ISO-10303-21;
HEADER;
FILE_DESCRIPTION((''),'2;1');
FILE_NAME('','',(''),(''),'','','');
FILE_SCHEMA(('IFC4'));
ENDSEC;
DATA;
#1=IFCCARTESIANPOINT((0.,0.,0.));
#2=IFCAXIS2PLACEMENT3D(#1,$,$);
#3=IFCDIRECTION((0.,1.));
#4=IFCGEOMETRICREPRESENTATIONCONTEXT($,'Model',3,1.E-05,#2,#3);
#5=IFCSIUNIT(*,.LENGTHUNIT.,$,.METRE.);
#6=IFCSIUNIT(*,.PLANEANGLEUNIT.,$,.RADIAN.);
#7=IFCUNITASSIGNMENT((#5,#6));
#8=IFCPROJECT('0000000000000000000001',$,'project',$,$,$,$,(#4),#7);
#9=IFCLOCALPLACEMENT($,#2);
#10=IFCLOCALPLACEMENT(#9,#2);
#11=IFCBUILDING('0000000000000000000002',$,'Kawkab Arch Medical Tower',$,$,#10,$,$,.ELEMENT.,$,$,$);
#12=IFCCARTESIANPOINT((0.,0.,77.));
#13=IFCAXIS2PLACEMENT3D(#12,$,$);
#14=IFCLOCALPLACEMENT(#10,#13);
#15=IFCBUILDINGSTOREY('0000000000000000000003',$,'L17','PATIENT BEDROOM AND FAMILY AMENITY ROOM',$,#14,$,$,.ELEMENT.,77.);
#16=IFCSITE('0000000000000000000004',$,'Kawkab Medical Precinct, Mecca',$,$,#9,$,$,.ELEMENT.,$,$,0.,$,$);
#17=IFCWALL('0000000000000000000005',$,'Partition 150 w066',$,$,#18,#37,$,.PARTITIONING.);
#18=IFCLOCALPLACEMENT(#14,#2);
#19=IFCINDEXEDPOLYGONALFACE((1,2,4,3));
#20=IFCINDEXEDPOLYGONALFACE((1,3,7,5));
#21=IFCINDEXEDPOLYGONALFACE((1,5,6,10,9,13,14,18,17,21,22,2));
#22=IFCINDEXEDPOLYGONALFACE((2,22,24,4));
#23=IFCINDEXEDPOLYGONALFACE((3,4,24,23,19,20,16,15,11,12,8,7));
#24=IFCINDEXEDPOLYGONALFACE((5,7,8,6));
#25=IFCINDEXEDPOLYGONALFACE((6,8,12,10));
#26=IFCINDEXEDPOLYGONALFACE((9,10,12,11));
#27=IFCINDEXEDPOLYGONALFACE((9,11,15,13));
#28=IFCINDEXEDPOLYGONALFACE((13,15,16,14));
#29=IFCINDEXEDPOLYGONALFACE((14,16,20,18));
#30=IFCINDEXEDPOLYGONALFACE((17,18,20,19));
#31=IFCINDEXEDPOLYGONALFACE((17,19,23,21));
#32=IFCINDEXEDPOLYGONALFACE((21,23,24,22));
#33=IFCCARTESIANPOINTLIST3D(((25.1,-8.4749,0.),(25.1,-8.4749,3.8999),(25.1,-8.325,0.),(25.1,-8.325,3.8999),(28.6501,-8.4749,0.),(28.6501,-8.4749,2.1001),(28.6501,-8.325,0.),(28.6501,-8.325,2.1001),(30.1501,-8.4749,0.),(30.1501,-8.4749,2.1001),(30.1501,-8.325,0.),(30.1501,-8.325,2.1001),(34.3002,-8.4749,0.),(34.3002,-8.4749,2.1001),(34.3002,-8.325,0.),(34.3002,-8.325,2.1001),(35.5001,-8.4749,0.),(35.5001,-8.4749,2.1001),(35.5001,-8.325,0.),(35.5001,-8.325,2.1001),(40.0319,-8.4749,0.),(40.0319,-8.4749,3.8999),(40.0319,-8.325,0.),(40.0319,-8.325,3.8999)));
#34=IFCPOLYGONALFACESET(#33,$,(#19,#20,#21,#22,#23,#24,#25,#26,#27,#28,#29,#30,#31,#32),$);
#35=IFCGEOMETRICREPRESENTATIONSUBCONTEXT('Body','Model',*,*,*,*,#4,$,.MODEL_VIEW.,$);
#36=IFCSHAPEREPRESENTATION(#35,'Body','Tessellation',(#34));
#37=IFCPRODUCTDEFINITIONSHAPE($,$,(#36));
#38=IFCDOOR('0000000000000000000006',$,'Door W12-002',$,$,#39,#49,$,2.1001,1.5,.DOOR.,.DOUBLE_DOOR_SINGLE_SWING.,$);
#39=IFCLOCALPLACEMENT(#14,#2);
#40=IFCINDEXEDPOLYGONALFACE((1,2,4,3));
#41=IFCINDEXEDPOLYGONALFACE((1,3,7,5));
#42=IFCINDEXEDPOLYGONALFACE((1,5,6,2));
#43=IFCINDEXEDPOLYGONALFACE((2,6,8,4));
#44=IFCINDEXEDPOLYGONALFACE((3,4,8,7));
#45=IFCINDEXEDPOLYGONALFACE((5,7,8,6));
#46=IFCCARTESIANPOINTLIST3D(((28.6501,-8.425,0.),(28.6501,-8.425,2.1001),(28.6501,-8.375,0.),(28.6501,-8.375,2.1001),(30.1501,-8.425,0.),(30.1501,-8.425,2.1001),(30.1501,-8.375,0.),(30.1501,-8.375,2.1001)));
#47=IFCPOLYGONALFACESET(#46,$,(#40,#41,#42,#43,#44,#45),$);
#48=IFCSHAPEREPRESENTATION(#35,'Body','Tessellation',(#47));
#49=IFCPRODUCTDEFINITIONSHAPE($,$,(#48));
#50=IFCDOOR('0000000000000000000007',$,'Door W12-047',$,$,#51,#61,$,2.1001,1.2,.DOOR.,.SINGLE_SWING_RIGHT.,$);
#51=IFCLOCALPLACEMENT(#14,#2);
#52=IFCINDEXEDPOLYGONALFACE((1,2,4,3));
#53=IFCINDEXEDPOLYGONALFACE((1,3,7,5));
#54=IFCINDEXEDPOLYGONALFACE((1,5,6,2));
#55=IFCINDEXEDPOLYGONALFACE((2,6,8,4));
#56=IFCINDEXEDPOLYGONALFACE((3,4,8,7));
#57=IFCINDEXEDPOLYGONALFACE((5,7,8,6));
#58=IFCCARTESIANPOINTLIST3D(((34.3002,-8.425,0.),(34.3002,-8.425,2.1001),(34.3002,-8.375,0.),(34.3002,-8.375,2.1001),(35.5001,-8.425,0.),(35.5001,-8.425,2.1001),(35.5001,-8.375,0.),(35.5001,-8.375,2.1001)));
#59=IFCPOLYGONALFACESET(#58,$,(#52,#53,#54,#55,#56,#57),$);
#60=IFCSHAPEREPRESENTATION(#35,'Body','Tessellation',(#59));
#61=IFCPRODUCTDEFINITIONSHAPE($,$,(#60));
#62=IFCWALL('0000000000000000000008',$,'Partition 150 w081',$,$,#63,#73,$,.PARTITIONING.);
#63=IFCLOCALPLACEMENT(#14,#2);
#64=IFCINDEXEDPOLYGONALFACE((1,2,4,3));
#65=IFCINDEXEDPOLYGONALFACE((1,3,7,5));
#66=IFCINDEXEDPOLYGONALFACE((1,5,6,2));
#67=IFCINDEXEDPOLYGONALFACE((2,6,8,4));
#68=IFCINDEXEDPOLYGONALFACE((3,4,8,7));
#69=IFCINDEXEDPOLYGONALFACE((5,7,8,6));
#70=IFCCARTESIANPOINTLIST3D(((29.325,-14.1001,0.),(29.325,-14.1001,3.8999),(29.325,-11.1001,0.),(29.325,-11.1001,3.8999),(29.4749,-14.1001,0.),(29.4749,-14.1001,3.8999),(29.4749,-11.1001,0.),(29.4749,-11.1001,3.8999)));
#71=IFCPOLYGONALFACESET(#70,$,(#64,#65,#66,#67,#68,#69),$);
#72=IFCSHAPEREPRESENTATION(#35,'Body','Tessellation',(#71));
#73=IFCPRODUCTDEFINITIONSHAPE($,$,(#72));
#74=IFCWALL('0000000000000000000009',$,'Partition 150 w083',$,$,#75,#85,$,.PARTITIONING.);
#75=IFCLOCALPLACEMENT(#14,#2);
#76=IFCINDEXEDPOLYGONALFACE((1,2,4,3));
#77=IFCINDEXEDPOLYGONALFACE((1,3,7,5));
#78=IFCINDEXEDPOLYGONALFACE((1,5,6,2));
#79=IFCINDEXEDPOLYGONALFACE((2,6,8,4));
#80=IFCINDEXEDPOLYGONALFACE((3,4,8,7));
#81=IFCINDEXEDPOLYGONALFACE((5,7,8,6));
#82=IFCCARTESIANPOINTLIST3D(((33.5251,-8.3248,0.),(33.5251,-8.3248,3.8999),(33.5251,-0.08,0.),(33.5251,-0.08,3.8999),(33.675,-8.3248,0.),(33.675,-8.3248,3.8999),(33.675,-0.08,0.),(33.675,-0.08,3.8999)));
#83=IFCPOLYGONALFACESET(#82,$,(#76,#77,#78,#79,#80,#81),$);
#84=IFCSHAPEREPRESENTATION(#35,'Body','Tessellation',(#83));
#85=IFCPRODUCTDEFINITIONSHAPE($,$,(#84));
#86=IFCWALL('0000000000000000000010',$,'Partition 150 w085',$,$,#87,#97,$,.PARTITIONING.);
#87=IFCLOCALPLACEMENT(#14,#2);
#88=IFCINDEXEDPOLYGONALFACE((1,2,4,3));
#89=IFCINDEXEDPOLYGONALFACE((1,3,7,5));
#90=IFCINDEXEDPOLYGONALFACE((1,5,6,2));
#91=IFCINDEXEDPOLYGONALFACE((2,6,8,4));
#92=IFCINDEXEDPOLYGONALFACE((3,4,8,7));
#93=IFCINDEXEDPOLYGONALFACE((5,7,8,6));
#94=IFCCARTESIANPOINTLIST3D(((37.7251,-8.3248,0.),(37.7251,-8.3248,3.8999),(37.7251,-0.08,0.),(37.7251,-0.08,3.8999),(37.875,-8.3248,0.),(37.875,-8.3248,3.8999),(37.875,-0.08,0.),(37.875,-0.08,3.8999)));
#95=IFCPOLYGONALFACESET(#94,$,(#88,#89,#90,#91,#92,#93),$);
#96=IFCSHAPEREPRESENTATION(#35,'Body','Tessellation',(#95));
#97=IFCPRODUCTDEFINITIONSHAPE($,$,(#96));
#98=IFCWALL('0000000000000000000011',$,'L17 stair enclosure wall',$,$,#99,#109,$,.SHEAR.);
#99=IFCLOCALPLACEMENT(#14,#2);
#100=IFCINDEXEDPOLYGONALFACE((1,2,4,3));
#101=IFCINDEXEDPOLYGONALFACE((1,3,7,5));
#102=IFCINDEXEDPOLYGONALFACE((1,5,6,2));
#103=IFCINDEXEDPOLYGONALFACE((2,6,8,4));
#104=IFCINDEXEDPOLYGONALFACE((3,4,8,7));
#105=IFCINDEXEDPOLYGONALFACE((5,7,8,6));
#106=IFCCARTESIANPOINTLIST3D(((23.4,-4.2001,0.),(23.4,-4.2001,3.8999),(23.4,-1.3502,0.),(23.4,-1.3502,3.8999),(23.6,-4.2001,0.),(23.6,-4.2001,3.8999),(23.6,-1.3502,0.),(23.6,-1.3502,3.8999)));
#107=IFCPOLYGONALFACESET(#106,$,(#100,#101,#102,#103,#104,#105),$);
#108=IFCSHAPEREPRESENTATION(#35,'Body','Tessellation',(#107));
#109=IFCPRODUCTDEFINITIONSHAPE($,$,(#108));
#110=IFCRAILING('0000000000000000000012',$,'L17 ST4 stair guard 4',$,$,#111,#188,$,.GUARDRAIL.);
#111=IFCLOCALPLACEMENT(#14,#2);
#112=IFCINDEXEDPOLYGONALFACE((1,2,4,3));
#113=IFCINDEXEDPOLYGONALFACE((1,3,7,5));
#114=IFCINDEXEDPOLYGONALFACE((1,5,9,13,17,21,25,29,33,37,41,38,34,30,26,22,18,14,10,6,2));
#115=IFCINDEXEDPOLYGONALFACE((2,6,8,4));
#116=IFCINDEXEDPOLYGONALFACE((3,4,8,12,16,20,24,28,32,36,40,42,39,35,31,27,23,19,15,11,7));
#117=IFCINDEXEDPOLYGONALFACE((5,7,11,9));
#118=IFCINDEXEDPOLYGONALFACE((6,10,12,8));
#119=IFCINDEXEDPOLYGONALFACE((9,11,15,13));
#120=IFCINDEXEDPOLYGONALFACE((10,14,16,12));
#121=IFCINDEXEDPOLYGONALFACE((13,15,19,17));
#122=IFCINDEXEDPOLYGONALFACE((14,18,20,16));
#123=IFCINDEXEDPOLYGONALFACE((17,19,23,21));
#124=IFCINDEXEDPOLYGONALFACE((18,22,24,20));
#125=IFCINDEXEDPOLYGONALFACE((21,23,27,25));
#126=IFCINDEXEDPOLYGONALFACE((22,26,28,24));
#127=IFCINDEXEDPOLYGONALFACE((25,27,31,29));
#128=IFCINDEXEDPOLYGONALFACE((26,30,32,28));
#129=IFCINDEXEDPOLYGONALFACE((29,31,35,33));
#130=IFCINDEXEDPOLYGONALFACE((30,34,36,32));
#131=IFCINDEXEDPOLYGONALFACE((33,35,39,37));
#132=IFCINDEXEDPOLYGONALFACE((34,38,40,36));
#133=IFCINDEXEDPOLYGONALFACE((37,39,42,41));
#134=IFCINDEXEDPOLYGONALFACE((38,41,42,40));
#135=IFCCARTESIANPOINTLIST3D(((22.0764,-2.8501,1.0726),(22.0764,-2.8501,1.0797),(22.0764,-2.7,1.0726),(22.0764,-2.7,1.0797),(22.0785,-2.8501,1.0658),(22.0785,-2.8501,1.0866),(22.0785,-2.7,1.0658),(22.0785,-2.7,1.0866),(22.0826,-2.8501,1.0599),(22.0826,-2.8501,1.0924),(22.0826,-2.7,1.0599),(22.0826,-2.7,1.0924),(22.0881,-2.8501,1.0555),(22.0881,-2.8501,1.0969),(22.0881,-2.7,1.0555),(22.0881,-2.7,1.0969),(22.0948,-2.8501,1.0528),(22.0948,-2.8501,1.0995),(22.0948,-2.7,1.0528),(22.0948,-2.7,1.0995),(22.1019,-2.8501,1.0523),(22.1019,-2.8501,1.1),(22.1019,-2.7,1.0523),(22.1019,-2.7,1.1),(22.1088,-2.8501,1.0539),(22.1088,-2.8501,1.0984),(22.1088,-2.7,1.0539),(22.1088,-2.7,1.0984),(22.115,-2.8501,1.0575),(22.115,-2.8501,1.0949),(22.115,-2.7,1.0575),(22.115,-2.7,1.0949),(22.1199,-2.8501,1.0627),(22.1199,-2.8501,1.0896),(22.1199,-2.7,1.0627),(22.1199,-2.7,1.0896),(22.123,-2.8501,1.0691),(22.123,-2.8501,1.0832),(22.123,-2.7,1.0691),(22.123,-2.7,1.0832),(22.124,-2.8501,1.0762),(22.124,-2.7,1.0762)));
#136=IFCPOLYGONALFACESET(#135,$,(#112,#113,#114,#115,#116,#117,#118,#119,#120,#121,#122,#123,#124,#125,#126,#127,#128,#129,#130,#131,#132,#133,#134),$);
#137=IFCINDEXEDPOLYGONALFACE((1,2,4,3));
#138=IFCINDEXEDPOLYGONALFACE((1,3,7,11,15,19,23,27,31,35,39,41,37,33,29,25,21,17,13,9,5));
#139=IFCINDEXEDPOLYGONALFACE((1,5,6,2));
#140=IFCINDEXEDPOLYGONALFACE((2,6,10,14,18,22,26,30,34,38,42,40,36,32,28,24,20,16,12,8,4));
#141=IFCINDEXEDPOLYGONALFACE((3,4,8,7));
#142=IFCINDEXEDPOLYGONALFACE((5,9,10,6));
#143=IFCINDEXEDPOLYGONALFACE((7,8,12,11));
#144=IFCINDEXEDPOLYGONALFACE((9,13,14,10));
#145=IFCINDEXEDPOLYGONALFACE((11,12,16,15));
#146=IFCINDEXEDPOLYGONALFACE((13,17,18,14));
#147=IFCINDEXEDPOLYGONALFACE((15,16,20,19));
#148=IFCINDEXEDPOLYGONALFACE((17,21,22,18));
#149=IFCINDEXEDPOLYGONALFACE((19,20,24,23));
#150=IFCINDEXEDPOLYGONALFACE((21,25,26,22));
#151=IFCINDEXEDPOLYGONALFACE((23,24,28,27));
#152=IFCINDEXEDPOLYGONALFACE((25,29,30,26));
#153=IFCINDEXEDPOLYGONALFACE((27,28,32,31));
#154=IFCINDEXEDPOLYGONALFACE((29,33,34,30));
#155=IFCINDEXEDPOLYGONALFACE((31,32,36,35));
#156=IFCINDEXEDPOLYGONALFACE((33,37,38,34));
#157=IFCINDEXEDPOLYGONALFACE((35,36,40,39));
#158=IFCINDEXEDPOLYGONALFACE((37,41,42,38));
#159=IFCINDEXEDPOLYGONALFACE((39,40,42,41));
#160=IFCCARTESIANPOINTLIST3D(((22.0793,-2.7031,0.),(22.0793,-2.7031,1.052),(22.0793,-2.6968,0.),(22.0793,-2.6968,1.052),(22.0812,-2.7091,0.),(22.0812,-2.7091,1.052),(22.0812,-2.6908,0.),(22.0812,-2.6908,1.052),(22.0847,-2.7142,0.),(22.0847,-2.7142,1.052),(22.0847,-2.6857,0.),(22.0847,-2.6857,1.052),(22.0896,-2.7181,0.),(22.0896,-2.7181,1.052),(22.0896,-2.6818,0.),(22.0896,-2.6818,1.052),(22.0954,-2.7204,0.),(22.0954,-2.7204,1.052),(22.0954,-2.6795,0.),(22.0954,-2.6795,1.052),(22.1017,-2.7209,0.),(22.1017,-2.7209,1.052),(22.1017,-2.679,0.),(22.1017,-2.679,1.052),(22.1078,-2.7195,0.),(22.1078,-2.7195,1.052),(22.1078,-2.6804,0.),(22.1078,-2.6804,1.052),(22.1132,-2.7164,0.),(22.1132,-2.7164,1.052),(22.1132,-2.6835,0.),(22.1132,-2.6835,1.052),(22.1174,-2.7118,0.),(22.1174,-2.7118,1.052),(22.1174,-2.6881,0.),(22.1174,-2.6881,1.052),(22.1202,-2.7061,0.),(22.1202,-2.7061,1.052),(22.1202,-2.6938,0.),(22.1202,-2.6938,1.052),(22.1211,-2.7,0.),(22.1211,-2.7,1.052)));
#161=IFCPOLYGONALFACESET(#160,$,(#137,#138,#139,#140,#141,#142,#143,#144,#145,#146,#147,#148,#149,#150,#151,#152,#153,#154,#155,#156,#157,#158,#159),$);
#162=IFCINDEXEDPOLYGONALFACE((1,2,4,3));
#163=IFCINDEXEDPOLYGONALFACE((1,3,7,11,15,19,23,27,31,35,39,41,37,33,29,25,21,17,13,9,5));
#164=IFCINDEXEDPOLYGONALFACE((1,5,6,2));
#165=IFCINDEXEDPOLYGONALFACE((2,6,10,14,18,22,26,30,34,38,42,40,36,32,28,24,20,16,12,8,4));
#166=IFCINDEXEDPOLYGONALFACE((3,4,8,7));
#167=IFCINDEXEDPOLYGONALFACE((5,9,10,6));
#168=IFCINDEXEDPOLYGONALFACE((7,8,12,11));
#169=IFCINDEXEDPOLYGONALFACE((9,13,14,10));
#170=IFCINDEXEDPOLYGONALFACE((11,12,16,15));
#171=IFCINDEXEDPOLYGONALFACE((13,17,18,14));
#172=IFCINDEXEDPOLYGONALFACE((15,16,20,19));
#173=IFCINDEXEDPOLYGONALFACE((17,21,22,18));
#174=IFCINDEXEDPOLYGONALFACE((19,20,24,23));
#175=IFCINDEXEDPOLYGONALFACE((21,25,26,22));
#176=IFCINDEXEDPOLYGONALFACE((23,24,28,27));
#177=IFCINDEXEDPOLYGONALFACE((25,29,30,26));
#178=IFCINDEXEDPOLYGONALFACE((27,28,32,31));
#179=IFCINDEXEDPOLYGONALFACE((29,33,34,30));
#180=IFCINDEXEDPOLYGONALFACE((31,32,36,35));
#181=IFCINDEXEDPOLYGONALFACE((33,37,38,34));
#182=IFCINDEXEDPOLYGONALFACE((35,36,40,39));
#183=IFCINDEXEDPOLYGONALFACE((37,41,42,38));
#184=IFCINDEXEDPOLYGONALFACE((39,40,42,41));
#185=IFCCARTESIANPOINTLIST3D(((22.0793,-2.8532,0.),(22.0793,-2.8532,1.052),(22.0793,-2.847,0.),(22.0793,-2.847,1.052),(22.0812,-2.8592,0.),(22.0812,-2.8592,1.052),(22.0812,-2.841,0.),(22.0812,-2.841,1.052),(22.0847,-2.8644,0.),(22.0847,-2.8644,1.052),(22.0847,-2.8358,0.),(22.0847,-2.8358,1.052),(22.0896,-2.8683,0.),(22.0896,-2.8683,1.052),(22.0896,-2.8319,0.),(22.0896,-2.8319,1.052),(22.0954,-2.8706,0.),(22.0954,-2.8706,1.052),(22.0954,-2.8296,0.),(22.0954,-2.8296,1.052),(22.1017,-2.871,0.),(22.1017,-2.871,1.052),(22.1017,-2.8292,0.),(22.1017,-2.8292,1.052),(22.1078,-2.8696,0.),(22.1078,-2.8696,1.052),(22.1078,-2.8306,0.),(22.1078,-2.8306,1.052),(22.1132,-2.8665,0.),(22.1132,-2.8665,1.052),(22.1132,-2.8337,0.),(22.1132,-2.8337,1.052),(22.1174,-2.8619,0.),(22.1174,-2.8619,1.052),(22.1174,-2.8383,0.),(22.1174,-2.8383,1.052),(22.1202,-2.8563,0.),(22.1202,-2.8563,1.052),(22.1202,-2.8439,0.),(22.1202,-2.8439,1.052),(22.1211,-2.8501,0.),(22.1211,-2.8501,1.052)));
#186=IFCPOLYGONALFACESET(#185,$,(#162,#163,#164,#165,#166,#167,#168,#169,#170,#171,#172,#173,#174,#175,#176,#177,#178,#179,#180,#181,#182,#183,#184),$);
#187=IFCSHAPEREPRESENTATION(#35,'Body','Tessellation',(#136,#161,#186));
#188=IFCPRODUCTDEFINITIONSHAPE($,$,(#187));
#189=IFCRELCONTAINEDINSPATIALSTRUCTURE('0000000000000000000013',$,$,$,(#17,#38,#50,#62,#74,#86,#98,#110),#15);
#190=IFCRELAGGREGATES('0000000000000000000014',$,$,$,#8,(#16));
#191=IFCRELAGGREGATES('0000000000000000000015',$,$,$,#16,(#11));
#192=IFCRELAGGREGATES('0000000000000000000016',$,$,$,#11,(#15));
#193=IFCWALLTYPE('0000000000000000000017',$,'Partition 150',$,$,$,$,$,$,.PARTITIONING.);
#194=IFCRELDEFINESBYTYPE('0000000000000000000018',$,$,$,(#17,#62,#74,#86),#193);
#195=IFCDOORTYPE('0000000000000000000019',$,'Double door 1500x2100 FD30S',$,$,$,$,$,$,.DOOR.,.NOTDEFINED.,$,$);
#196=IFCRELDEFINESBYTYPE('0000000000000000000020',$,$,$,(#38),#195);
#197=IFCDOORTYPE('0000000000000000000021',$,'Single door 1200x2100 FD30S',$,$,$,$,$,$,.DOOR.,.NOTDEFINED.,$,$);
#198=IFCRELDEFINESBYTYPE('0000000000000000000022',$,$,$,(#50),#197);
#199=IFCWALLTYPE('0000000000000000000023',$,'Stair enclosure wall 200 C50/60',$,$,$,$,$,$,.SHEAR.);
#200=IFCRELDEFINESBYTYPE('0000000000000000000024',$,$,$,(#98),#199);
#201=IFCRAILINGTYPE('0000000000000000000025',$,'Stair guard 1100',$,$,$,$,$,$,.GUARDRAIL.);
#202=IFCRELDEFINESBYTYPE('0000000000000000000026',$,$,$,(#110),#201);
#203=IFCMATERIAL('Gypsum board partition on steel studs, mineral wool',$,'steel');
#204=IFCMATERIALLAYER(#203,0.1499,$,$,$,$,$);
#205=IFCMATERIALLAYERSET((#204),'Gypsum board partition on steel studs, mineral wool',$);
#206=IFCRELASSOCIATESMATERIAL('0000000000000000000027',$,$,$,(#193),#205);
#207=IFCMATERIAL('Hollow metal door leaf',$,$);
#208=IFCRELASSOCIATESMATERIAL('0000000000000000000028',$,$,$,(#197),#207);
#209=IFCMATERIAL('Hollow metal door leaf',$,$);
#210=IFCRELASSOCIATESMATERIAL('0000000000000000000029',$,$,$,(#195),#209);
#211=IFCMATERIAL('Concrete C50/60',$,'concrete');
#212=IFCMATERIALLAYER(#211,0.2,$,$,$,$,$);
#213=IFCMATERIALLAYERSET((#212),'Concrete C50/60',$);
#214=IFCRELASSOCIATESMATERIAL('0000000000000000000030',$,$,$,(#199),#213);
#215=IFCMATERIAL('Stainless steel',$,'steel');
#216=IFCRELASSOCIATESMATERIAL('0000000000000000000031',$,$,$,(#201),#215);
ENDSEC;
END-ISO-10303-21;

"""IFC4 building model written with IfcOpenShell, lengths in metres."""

from ifc_helpers import new_model, si_unit, direction, frame, frame_2d, origin, origin_2d, place, context, subcontext, project, spatial, rectangle, circle, extrude, material, layer, layer_set, type_object, element, fill, save


model = new_model("IFC4")

# Units and contexts
model_context = context("Model", 3, precision=1e-05, world=origin(), true_north=direction((0.0, 1.0)))
body_context = subcontext(model_context, "Body", "Model", "MODEL_VIEW")
ifc_project = project(units=[si_unit("LENGTHUNIT", "METRE"), si_unit("PLANEANGLEUNIT", "RADIAN")], contexts=[model_context])

# Site, building, storey
site_placement = place(None, origin())
site = spatial("IfcSite", under=ifc_project, at=site_placement, Name="Kawkab Medical Precinct, Mecca", CompositionType="ELEMENT", RefElevation=0.0)
building_placement = place(site_placement, origin())
building = spatial("IfcBuilding", under=site, at=building_placement, Name="Kawkab Arch Medical Tower", CompositionType="ELEMENT")
storey_placement = place(building_placement, frame((0.0, 0.0, 77.0)))
storey = spatial("IfcBuildingStorey", under=building, at=storey_placement, Name="L17", Description="PATIENT BEDROOM AND FAMILY AMENITY ROOM", CompositionType="ELEMENT", Elevation=77.0)

# Wall, openings, doors
ifc_material_1 = material(Name="Gypsum board partition on steel studs, mineral wool", Category="steel")
ifc_layer_1 = layer(ifc_material_1, 0.1499)
ifc_layer_set_1 = layer_set([ifc_layer_1], Name="Gypsum board partition on steel studs, mineral wool")
wall_type_1 = type_object("IfcWallType", Name="Partition 150", PredefinedType="PARTITIONING", material=ifc_layer_set_1)
ifc_material_2 = material(Name="Hollow metal door leaf")
door_type_1 = type_object("IfcDoorType", Name="Single door 1200x2100 FD30S", OperationType="NOTDEFINED", PredefinedType="DOOR", material=ifc_material_2)
wall_1_placement = place(storey_placement, frame((25.1001, -8.3999, 0.0), z_axis=(0.0, 0.0, 1.0), x_axis=(1.0, 0.0, 0.0)))
wall_1 = element("IfcWall", 1, at=wall_1_placement, inside=storey, type_object=wall_type_1, Name="Partition 150 w066", PredefinedType="PARTITIONING", context=body_context, shape_type="SweptSolid", body=[
    extrude(rectangle(XDim=14.9319, YDim=0.1499, at=frame_2d((7.4658, 0.0))), origin(), (0.0, 0.0, 1.0), 3.8999),
])
opening_1_placement = place(wall_1_placement, frame((3.55, 0.0, 0.0)))
opening_1 = element("IfcOpeningElement", 2, at=opening_1_placement, cuts=wall_1, PredefinedType="OPENING", context=body_context, shape_type="SweptSolid", body=[
    extrude(rectangle(XDim=1.5, YDim=2.1001, at=frame_2d((0.75, 1.05))), frame((0.0, 0.085, 0.0), z_axis=(0.0, -1.0, 0.0), x_axis=(1.0, 0.0, 0.0)), (0.0, 0.0, 1.0), 0.1699),
])
opening_2_placement = place(wall_1_placement, frame((9.2, 0.0, 0.0)))
opening_2 = element("IfcOpeningElement", 3, at=opening_2_placement, cuts=wall_1, PredefinedType="OPENING", context=body_context, shape_type="SweptSolid", body=[
    extrude(rectangle(XDim=1.2, YDim=2.1001, at=frame_2d((0.6001, 1.05))), frame((0.0, 0.085, 0.0), z_axis=(0.0, -1.0, 0.0), x_axis=(1.0, 0.0, 0.0)), (0.0, 0.0, 1.0), 0.1699),
])
ifc_material_3 = material(Name="Hollow metal door leaf")
door_type_2 = type_object("IfcDoorType", Name="Double door 1500x2100 FD30S", OperationType="NOTDEFINED", PredefinedType="DOOR", material=ifc_material_3)
door_1_placement = place(opening_1_placement, origin())
door_1 = element("IfcDoor", 4, at=door_1_placement, inside=storey, type_object=door_type_2, Name="Door W12-002", OperationType="DOUBLE_DOOR_SINGLE_SWING", OverallHeight=2.1001, OverallWidth=1.5, PredefinedType="DOOR", context=body_context, shape_type="SweptSolid", body=[
    extrude(rectangle(XDim=1.5, YDim=2.1001, at=frame_2d((0.75, 1.05))), frame((0.0, 0.0249, 0.0), z_axis=(0.0, -1.0, 0.0), x_axis=(1.0, 0.0, 0.0)), (0.0, 0.0, 1.0), 0.05),
])
fill(opening_1, door_1)
door_2_placement = place(opening_2_placement, origin())
door_2 = element("IfcDoor", 5, at=door_2_placement, inside=storey, type_object=door_type_1, Name="Door W12-047", OperationType="SINGLE_SWING_RIGHT", OverallHeight=2.1001, OverallWidth=1.2, PredefinedType="DOOR", context=body_context, shape_type="SweptSolid", body=[
    extrude(rectangle(XDim=1.2, YDim=2.1001, at=frame_2d((0.6001, 1.05))), frame((0.0, 0.0249, 0.0), z_axis=(0.0, -1.0, 0.0), x_axis=(1.0, 0.0, 0.0)), (0.0, 0.0, 1.0), 0.05),
])
fill(opening_2, door_2)

# Walls
wall_2_placement = place(storey_placement, frame((29.3999, -14.1001, 0.0), z_axis=(0.0, 0.0, 1.0), x_axis=(0.0, 1.0, 0.0)))
element("IfcWall", 6, at=wall_2_placement, inside=storey, type_object=wall_type_1, Name="Partition 150 w081", PredefinedType="PARTITIONING", context=body_context, shape_type="SweptSolid", body=[
    extrude(rectangle(XDim=3.0, YDim=0.1499, at=frame_2d((1.5, 0.0))), origin(), (0.0, 0.0, 1.0), 3.8999),
])
for number, where, z_axis, x_axis, name in (
    (7, (33.6001, -8.325, 0.0), (0.0, 0.0, 1.0), (0.0, 1.0, 0.0), "Partition 150 w083"),
    (8, (37.8, -8.325, 0.0), (0.0, 0.0, 1.0), (0.0, 1.0, 0.0), "Partition 150 w085"),
):
    element("IfcWall", number, at=place(storey_placement, frame(where, z_axis=z_axis, x_axis=x_axis)), inside=storey, type_object=wall_type_1, Name=name, PredefinedType="PARTITIONING", context=body_context, shape_type="SweptSolid", body=[
        extrude(rectangle(XDim=8.2449, YDim=0.1499, at=frame_2d((4.1226, 0.0))), origin(), (0.0, 0.0, 1.0), 3.8999),
    ])
ifc_material_4 = material(Name="Concrete C50/60", Category="concrete")
ifc_layer_2 = layer(ifc_material_4, 0.2)
ifc_layer_set_2 = layer_set([ifc_layer_2], Name="Concrete C50/60")
wall_type_2 = type_object("IfcWallType", Name="Stair enclosure wall 200 C50/60", PredefinedType="SHEAR", material=ifc_layer_set_2)
wall_3_placement = place(storey_placement, frame((23.5, -4.2, 0.0), z_axis=(0.0, 0.0, 1.0), x_axis=(0.0, 1.0, 0.0)))
element("IfcWall", 9, at=wall_3_placement, inside=storey, type_object=wall_type_2, Name="L17 stair enclosure wall", PredefinedType="SHEAR", context=body_context, shape_type="SweptSolid", body=[
    extrude(rectangle(XDim=2.8499, YDim=0.2, at=frame_2d((1.4248, 0.0))), origin(), (0.0, 0.0, 1.0), 3.8999),
])

# Railing
ifc_material_5 = material(Name="Stainless steel", Category="steel")
railing_type = type_object("IfcRailingType", Name="Stair guard 1100", PredefinedType="GUARDRAIL", material=ifc_material_5)
railing_placement = place(storey_placement, frame((22.1001, -2.7, 0.0)))
element("IfcRailing", 10, at=railing_placement, inside=storey, type_object=railing_type, Name="L17 ST4 stair guard 4", PredefinedType="GUARDRAIL", context=body_context, shape_type="SweptSolid", body=[
    extrude(circle(Radius=0.0239, at=origin_2d()), frame((0.0, 0.0, 1.0762), z_axis=(0.0, -1.0, 0.0), x_axis=(1.0, 0.0, 0.0)), (0.0, 0.0, 1.0), 0.1501),
    extrude(circle(Radius=0.021, at=origin_2d()), origin(), (0.0, 0.0, 1.0), 1.052),
    extrude(circle(Radius=0.021, at=origin_2d()), frame((0.0, -0.1501, 0.0)), (0.0, 0.0, 1.0), 1.052),
])

save(model, "model.ifc")
